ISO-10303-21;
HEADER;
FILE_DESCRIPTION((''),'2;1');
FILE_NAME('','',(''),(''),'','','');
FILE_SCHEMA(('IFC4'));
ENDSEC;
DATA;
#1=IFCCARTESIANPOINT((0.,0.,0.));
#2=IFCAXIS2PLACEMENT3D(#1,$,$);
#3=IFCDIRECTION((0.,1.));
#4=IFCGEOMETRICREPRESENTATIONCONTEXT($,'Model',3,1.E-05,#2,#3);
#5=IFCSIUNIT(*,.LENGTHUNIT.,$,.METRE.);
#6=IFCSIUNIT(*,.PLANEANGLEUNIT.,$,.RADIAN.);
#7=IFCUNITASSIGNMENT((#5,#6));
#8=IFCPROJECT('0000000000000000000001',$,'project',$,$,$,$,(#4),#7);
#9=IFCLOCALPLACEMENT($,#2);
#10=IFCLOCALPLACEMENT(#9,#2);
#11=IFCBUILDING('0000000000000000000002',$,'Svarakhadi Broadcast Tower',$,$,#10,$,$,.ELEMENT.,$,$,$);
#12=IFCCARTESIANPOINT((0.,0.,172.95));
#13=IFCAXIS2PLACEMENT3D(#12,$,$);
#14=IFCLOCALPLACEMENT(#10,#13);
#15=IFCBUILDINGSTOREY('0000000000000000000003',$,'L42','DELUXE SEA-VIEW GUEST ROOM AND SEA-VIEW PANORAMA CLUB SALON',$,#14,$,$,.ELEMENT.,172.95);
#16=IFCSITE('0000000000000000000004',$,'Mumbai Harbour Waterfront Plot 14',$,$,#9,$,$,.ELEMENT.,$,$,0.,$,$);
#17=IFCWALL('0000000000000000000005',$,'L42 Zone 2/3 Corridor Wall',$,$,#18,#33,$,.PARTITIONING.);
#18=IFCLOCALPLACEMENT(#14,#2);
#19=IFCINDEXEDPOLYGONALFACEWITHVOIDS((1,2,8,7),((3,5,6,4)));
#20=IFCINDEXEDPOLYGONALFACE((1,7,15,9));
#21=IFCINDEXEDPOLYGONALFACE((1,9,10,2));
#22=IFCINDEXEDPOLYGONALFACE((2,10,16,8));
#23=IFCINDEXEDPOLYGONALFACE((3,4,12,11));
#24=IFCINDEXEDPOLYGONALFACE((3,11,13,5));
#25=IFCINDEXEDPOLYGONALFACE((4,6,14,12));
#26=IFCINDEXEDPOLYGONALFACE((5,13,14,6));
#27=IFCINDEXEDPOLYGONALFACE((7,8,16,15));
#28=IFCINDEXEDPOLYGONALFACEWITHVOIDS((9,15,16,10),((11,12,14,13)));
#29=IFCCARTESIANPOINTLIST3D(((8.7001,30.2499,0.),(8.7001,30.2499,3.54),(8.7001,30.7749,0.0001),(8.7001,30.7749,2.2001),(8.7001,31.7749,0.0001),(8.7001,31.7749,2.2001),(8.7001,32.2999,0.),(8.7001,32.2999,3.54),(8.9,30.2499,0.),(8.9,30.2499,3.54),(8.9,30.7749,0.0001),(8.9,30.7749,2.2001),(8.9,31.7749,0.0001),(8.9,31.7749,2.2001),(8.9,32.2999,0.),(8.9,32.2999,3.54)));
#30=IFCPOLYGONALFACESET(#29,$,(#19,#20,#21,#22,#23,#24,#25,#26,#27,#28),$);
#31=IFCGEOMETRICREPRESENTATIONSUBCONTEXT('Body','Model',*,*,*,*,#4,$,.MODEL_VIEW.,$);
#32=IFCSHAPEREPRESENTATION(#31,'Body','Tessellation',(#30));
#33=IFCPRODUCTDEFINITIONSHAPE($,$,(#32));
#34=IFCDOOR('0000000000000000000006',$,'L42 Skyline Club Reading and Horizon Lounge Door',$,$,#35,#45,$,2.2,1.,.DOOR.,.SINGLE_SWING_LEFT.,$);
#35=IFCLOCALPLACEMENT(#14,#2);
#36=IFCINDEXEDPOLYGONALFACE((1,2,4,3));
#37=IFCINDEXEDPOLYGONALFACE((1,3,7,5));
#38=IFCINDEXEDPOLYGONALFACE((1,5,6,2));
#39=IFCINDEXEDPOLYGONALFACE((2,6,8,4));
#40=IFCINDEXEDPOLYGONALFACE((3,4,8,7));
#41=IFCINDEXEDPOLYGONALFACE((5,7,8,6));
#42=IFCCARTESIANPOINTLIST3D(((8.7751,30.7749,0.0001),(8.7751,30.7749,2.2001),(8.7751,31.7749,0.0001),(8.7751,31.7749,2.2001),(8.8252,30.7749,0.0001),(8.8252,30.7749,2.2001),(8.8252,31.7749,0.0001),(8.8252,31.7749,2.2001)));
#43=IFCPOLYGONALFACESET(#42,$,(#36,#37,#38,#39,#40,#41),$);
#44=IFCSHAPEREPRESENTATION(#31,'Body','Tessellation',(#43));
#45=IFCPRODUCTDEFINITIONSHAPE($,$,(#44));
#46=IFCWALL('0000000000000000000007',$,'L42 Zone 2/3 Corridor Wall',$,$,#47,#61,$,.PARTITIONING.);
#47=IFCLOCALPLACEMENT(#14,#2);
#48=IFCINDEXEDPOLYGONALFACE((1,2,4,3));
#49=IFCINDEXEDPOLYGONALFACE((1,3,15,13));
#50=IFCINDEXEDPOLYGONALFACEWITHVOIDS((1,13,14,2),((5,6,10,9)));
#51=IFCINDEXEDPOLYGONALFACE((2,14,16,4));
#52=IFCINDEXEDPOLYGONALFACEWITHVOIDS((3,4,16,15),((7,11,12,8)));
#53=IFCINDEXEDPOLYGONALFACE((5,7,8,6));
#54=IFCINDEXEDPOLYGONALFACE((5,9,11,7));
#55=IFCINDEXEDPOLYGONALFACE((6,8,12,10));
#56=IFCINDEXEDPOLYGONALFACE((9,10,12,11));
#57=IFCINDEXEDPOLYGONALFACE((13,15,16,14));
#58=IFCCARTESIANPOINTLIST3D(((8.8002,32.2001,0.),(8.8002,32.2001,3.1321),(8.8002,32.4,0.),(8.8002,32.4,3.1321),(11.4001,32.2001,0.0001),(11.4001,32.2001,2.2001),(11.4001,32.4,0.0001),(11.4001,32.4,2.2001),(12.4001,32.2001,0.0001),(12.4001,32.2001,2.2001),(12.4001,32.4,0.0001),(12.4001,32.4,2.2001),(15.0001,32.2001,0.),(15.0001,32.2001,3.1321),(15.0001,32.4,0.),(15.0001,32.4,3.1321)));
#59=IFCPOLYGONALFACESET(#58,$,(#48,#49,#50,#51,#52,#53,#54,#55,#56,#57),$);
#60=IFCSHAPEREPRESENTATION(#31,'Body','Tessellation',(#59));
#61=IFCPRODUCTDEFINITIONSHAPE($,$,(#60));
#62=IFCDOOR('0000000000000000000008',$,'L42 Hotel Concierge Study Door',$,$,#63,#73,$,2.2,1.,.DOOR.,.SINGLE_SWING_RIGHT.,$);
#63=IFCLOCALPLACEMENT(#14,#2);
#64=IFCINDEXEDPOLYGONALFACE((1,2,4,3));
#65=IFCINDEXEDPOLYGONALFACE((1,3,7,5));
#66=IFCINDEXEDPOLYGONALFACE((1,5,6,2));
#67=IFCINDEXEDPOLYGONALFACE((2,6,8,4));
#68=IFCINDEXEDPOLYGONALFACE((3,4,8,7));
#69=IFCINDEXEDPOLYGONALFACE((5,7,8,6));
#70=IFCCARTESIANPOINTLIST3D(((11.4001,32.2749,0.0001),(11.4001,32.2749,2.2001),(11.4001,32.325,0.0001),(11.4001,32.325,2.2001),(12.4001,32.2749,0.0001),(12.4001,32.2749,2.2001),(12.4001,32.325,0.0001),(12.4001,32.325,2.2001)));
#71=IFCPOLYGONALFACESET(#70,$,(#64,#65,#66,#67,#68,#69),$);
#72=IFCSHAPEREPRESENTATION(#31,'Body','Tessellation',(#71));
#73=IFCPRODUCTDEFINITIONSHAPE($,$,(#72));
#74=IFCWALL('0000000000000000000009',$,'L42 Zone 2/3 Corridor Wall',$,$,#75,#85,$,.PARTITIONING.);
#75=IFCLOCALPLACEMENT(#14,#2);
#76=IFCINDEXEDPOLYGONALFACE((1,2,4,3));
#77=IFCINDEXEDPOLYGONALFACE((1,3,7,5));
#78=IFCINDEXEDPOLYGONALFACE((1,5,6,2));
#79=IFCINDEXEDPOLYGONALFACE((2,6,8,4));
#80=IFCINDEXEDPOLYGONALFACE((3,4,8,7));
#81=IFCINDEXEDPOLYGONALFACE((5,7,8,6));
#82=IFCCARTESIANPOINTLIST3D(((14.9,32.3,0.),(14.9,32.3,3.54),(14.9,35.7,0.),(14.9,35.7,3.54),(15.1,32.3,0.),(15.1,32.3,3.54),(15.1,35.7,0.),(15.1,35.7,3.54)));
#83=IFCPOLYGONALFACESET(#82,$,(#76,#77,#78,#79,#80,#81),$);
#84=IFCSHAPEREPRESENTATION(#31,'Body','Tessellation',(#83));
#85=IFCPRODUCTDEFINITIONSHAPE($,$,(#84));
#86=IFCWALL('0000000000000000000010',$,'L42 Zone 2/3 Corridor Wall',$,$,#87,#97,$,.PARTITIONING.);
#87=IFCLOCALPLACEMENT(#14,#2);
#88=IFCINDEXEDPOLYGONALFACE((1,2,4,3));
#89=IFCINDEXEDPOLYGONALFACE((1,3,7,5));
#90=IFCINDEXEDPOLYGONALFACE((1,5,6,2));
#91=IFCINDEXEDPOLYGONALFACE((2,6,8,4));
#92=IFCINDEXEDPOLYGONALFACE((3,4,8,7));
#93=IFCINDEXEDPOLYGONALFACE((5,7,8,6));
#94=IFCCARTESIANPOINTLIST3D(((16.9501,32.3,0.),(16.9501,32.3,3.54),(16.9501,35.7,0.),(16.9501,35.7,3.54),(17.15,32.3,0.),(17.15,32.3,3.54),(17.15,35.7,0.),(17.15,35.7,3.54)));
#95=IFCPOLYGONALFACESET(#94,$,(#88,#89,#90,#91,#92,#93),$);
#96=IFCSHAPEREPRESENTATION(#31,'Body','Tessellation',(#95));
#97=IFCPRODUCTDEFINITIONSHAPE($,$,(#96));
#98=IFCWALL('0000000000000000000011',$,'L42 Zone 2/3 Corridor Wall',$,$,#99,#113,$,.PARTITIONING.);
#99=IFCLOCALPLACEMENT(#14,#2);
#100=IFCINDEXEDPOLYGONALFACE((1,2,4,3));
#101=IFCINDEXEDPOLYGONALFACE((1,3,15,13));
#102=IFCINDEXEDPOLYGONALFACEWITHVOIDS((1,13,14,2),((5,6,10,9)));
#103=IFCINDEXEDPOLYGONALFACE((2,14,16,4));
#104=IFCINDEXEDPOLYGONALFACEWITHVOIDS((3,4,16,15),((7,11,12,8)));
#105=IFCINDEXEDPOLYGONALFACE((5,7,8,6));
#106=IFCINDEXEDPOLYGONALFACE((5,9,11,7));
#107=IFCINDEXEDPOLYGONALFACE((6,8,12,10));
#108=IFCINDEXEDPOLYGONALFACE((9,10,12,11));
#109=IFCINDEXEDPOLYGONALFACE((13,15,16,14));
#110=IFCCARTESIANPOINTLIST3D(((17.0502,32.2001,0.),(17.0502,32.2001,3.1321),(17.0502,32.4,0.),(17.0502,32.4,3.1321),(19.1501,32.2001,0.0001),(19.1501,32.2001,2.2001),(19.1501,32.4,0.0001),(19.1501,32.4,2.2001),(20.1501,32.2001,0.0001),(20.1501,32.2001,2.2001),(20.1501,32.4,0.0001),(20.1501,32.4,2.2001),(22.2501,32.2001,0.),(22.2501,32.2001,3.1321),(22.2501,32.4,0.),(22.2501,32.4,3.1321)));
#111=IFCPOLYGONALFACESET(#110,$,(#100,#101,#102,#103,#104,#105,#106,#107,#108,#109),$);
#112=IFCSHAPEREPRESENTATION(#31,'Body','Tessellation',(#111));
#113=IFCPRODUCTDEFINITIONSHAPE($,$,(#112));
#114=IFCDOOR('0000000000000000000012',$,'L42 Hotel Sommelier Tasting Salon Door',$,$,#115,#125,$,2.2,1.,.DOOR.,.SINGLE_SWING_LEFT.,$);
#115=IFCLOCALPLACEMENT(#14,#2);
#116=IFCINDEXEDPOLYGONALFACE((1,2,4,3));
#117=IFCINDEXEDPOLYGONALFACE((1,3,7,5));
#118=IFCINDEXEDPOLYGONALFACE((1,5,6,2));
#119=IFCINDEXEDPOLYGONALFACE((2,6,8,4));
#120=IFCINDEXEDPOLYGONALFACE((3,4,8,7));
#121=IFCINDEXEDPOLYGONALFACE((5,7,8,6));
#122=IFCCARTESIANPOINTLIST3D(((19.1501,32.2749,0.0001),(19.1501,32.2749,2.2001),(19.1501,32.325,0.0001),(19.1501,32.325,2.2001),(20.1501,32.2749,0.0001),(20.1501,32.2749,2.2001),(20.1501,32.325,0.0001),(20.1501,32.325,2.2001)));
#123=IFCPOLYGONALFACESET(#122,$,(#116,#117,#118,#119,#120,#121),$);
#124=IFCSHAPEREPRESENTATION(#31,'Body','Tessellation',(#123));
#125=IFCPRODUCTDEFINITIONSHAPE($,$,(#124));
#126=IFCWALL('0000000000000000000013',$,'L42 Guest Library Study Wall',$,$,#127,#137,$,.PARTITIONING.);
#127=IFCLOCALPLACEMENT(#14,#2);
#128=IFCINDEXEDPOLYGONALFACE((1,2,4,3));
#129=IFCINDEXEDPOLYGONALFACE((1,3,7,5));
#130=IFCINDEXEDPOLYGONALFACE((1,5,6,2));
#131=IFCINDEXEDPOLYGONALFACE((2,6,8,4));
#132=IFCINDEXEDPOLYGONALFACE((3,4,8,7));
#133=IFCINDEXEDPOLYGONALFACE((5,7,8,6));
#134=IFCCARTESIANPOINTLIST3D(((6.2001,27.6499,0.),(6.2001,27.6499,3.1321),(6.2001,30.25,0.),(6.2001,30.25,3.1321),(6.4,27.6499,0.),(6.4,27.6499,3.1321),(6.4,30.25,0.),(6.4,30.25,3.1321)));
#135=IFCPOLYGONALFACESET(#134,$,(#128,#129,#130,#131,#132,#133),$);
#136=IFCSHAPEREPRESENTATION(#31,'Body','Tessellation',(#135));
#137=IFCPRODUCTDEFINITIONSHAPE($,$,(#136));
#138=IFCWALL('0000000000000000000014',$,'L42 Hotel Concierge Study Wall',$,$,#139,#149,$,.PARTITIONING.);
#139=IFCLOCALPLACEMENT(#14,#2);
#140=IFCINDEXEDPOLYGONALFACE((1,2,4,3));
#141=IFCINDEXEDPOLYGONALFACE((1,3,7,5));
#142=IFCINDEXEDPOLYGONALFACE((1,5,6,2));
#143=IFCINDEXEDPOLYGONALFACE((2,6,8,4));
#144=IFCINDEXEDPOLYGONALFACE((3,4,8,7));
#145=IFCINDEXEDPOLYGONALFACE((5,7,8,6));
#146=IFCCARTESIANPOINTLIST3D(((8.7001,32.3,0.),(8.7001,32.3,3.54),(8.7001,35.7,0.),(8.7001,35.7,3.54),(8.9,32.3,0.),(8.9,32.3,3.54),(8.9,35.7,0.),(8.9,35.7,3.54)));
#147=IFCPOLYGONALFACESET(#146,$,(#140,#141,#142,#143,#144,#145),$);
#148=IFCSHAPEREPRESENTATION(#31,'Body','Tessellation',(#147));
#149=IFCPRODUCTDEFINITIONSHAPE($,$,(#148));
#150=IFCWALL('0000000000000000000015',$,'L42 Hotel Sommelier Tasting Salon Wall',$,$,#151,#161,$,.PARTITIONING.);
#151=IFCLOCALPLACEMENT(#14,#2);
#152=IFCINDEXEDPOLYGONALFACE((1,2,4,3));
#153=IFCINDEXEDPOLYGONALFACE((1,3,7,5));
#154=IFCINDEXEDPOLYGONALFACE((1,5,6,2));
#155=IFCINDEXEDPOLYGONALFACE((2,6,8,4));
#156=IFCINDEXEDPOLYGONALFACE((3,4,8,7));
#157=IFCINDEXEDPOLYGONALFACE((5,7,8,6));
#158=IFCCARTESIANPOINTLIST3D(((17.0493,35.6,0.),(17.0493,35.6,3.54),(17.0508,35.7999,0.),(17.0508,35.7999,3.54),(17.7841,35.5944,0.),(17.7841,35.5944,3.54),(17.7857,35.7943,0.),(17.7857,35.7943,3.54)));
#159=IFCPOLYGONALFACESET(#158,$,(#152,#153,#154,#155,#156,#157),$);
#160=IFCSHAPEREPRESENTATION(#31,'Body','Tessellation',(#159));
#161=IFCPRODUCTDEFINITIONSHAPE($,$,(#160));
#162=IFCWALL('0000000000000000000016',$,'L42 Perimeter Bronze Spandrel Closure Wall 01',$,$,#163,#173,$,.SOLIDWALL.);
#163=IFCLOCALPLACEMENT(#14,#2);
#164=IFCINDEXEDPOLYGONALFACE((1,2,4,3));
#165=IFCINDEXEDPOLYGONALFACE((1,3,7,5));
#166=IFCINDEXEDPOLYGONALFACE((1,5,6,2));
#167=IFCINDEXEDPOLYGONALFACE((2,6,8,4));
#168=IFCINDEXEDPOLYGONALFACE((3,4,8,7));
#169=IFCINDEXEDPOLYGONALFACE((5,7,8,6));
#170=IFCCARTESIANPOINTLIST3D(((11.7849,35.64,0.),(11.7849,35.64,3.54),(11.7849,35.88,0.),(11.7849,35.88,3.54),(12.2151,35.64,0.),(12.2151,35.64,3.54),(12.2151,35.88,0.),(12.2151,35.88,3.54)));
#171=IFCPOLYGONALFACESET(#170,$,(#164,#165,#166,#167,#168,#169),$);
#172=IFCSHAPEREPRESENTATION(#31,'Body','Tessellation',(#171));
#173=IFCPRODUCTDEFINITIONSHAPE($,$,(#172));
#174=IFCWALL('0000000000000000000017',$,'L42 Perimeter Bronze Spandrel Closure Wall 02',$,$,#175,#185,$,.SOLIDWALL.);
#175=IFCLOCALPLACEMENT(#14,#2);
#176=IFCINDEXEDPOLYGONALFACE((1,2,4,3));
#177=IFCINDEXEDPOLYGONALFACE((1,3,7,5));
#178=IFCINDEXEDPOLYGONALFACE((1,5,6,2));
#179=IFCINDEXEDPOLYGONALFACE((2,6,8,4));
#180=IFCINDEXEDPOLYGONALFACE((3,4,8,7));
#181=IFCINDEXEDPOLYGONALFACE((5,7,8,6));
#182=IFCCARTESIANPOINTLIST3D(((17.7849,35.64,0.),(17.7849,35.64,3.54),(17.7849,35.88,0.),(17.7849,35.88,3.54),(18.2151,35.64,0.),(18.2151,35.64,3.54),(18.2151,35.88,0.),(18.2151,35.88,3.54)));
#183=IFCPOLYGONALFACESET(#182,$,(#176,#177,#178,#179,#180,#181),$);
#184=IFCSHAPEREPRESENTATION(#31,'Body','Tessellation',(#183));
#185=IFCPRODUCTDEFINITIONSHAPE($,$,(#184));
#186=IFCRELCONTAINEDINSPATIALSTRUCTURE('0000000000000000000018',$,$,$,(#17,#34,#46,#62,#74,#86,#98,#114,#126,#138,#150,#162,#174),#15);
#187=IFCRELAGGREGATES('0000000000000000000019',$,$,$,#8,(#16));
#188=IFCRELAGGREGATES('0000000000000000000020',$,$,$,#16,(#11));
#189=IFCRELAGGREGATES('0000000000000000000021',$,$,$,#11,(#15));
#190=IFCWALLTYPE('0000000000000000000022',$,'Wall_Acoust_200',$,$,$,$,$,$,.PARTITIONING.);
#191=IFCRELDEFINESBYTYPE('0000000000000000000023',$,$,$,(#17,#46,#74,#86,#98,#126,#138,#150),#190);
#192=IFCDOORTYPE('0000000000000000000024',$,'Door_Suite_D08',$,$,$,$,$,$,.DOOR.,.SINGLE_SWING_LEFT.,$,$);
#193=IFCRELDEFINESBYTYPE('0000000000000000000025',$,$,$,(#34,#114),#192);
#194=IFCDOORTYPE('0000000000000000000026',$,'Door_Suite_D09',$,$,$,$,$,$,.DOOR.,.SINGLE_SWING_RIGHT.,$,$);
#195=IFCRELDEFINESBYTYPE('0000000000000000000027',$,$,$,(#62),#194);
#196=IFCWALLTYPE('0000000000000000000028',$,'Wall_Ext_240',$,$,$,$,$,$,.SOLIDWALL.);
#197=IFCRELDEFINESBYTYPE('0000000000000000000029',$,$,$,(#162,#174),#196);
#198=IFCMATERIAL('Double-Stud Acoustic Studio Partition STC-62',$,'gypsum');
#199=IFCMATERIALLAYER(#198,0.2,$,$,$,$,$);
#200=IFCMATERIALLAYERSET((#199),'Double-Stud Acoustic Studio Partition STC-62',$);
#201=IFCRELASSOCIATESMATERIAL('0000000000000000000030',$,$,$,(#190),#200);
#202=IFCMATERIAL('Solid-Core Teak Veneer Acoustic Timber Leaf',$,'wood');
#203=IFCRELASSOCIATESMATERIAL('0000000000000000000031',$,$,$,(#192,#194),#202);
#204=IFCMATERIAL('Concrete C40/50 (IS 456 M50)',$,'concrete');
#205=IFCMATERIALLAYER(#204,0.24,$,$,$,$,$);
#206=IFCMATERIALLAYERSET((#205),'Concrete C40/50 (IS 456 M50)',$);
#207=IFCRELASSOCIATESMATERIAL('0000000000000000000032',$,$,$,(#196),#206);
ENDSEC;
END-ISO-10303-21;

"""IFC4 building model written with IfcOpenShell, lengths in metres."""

from ifc_helpers import new_model, si_unit, direction, frame, frame_2d, origin, place, context, subcontext, project, spatial, rectangle, extrude, material, layer, layer_set, type_object, element, fill, save


model = new_model("IFC4")

# Units and contexts
model_context = context("Model", 3, precision=1e-05, world=origin(), true_north=direction((0.0, 1.0)))
body_context = subcontext(model_context, "Body", "Model", "MODEL_VIEW")
ifc_project = project(units=[si_unit("LENGTHUNIT", "METRE"), si_unit("PLANEANGLEUNIT", "RADIAN")], contexts=[model_context])

# Site, building, storey
site_placement = place(None, origin())
site = spatial("IfcSite", under=ifc_project, at=site_placement, Name="Mumbai Harbour Waterfront Plot 14", CompositionType="ELEMENT", RefElevation=0.0)
building_placement = place(site_placement, origin())
building = spatial("IfcBuilding", under=site, at=building_placement, Name="Svarakhadi Broadcast Tower", CompositionType="ELEMENT")
storey_placement = place(building_placement, frame((0.0, 0.0, 172.95)))
storey = spatial("IfcBuildingStorey", under=building, at=storey_placement, Name="L42", Description="DELUXE SEA-VIEW GUEST ROOM AND SEA-VIEW PANORAMA CLUB SALON", CompositionType="ELEMENT", Elevation=172.95)

# Shared definitions
ifc_material_1 = material(Name="Double-Stud Acoustic Studio Partition STC-62", Category="gypsum")
ifc_layer_1 = layer(ifc_material_1, 0.2)
ifc_layer_set_1 = layer_set([ifc_layer_1], Name="Double-Stud Acoustic Studio Partition STC-62")
wall_type_1 = type_object("IfcWallType", Name="Wall_Acoust_200", PredefinedType="PARTITIONING", material=ifc_layer_set_1)

# Walls, openings, doors
ifc_material_2 = material(Name="Solid-Core Teak Veneer Acoustic Timber Leaf", Category="wood")
door_type_1 = type_object("IfcDoorType", Name="Door_Suite_D08", OperationType="SINGLE_SWING_LEFT", PredefinedType="DOOR", material=ifc_material_2)
wall_1_placement = place(storey_placement, frame((8.8, 30.25, 0.0), z_axis=(0.0, 0.0, 1.0), x_axis=(0.0, 1.0, 0.0)))
wall_1 = element("IfcWall", 1, at=wall_1_placement, inside=storey, type_object=wall_type_1, Name="L42 Zone 2/3 Corridor Wall", PredefinedType="PARTITIONING", context=body_context, shape_type="SweptSolid", body=[
    extrude(rectangle(XDim=2.05, YDim=0.2, at=frame_2d((1.0249, 0.0))), origin(), (0.0, 0.0, 1.0), 3.54),
])
opening_1_placement = place(wall_1_placement, frame((0.5249, 0.0, 0.0)))
opening_1 = element("IfcOpeningElement", 2, at=opening_1_placement, cuts=wall_1, PredefinedType="OPENING", context=body_context, shape_type="SweptSolid", body=[
    extrude(rectangle(XDim=1.0, YDim=2.2, at=frame_2d((0.5, 1.1001))), frame((0.0, 0.1099, 0.0), z_axis=(0.0, -1.0, 0.0), x_axis=(1.0, 0.0, 0.0)), (0.0, 0.0, 1.0), 0.22),
])
door_1_placement = place(opening_1_placement, origin())
door_1 = element("IfcDoor", 3, at=door_1_placement, inside=storey, type_object=door_type_1, Name="L42 Skyline Club Reading and Horizon Lounge Door", OperationType="SINGLE_SWING_LEFT", OverallHeight=2.2, OverallWidth=1.0, PredefinedType="DOOR", context=body_context, shape_type="SweptSolid", body=[
    extrude(rectangle(XDim=1.0, YDim=2.2, at=frame_2d((0.5, 1.1001))), frame((0.0, 0.0249, 0.0), z_axis=(0.0, -1.0, 0.0), x_axis=(1.0, 0.0, 0.0)), (0.0, 0.0, 1.0), 0.05),
])
fill(opening_1, door_1)
wall_2_placement = place(storey_placement, frame((8.8, 32.3, 0.0), z_axis=(0.0, 0.0, 1.0), x_axis=(1.0, 0.0, 0.0)))
wall_2 = element("IfcWall", 4, at=wall_2_placement, inside=storey, type_object=wall_type_1, Name="L42 Zone 2/3 Corridor Wall", PredefinedType="PARTITIONING", context=body_context, shape_type="SweptSolid", body=[
    extrude(rectangle(XDim=6.2, YDim=0.2, at=frame_2d((3.1001, 0.0))), origin(), (0.0, 0.0, 1.0), 3.1321),
])
opening_2_placement = place(wall_2_placement, frame((2.6001, 0.0, 0.0)))
opening_2 = element("IfcOpeningElement", 5, at=opening_2_placement, cuts=wall_2, PredefinedType="OPENING", context=body_context, shape_type="SweptSolid", body=[
    extrude(rectangle(XDim=1.0, YDim=2.2, at=frame_2d((0.5, 1.1001))), frame((0.0, 0.1099, 0.0), z_axis=(0.0, -1.0, 0.0), x_axis=(1.0, 0.0, 0.0)), (0.0, 0.0, 1.0), 0.22),
])
door_type_2 = type_object("IfcDoorType", Name="Door_Suite_D09", OperationType="SINGLE_SWING_RIGHT", PredefinedType="DOOR", material=ifc_material_2)
door_2_placement = place(opening_2_placement, origin())
door_2 = element("IfcDoor", 6, at=door_2_placement, inside=storey, type_object=door_type_2, Name="L42 Hotel Concierge Study Door", OperationType="SINGLE_SWING_RIGHT", OverallHeight=2.2, OverallWidth=1.0, PredefinedType="DOOR", context=body_context, shape_type="SweptSolid", body=[
    extrude(rectangle(XDim=1.0, YDim=2.2, at=frame_2d((0.5, 1.1001))), frame((0.0, 0.0249, 0.0), z_axis=(0.0, -1.0, 0.0), x_axis=(1.0, 0.0, 0.0)), (0.0, 0.0, 1.0), 0.05),
])
fill(opening_2, door_2)

# Walls
for number, where, z_axis, x_axis, name in (
    (7, (15.0, 32.3, 0.0), (0.0, 0.0, 1.0), (0.0, 1.0, 0.0), "L42 Zone 2/3 Corridor Wall"),
    (8, (17.05, 35.7, 0.0), (0.0, 0.0, 1.0), (0.0, -1.0, 0.0), "L42 Zone 2/3 Corridor Wall"),
):
    element("IfcWall", number, at=place(storey_placement, frame(where, z_axis=z_axis, x_axis=x_axis)), inside=storey, type_object=wall_type_1, Name=name, PredefinedType="PARTITIONING", context=body_context, shape_type="SweptSolid", body=[
        extrude(rectangle(XDim=3.3999, YDim=0.2, at=frame_2d((1.7, 0.0))), origin(), (0.0, 0.0, 1.0), 3.54),
    ])

# Wall, opening, door
wall_3_placement = place(storey_placement, frame((17.05, 32.3, 0.0), z_axis=(0.0, 0.0, 1.0), x_axis=(1.0, 0.0, 0.0)))
wall_3 = element("IfcWall", 9, at=wall_3_placement, inside=storey, type_object=wall_type_1, Name="L42 Zone 2/3 Corridor Wall", PredefinedType="PARTITIONING", context=body_context, shape_type="SweptSolid", body=[
    extrude(rectangle(XDim=5.2, YDim=0.2, at=frame_2d((2.6001, 0.0))), origin(), (0.0, 0.0, 1.0), 3.1321),
])
opening_3_placement = place(wall_3_placement, frame((2.1001, 0.0, 0.0)))
opening_3 = element("IfcOpeningElement", 10, at=opening_3_placement, cuts=wall_3, PredefinedType="OPENING", context=body_context, shape_type="SweptSolid", body=[
    extrude(rectangle(XDim=1.0, YDim=2.2, at=frame_2d((0.5, 1.1001))), frame((0.0, 0.1099, 0.0), z_axis=(0.0, -1.0, 0.0), x_axis=(1.0, 0.0, 0.0)), (0.0, 0.0, 1.0), 0.22),
])
door_3_placement = place(opening_3_placement, origin())
door_3 = element("IfcDoor", 11, at=door_3_placement, inside=storey, type_object=door_type_1, Name="L42 Hotel Sommelier Tasting Salon Door", OperationType="SINGLE_SWING_LEFT", OverallHeight=2.2, OverallWidth=1.0, PredefinedType="DOOR", context=body_context, shape_type="SweptSolid", body=[
    extrude(rectangle(XDim=1.0, YDim=2.2, at=frame_2d((0.5, 1.1001))), frame((0.0, 0.0249, 0.0), z_axis=(0.0, -1.0, 0.0), x_axis=(1.0, 0.0, 0.0)), (0.0, 0.0, 1.0), 0.05),
])
fill(opening_3, door_3)

# Walls
wall_4_placement = place(storey_placement, frame((6.3, 27.6499, 0.0), z_axis=(0.0, 0.0, 1.0), x_axis=(0.0, 1.0, 0.0)))
element("IfcWall", 12, at=wall_4_placement, inside=storey, type_object=wall_type_1, Name="L42 Guest Library Study Wall", PredefinedType="PARTITIONING", context=body_context, shape_type="SweptSolid", body=[
    extrude(rectangle(XDim=2.6001, YDim=0.2, at=frame_2d((1.3, 0.0))), origin(), (0.0, 0.0, 1.0), 3.1321),
])
wall_5_placement = place(storey_placement, frame((8.8, 32.3, 0.0), z_axis=(0.0, 0.0, 1.0), x_axis=(0.0, 1.0, 0.0)))
element("IfcWall", 13, at=wall_5_placement, inside=storey, type_object=wall_type_1, Name="L42 Hotel Concierge Study Wall", PredefinedType="PARTITIONING", context=body_context, shape_type="SweptSolid", body=[
    extrude(rectangle(XDim=3.3999, YDim=0.2, at=frame_2d((1.7, 0.0))), origin(), (0.0, 0.0, 1.0), 3.54),
])
wall_6_placement = place(storey_placement, frame((17.05, 35.7, 0.0), z_axis=(0.0, 0.0, 1.0), x_axis=(0.999971, -0.007641, 0.0)))
element("IfcWall", 14, at=wall_6_placement, inside=storey, type_object=wall_type_1, Name="L42 Hotel Sommelier Tasting Salon Wall", PredefinedType="PARTITIONING", context=body_context, shape_type="SweptSolid", body=[
    extrude(rectangle(XDim=0.7349, YDim=0.2, at=frame_2d((0.3674, 0.0))), origin(), (0.0, 0.0, 1.0), 3.54),
])
ifc_material_3 = material(Name="Concrete C40/50 (IS 456 M50)", Category="concrete")
ifc_layer_2 = layer(ifc_material_3, 0.24)
ifc_layer_set_2 = layer_set([ifc_layer_2], Name="Concrete C40/50 (IS 456 M50)")
wall_type_2 = type_object("IfcWallType", Name="Wall_Ext_240", PredefinedType="SOLIDWALL", material=ifc_layer_set_2)
for number, where, z_axis, x_axis, name in (
    (15, (11.7849, 35.76, 0.0), (0.0, 0.0, 1.0), (1.0, 0.0, 0.0), "L42 Perimeter Bronze Spandrel Closure Wall 01"),
    (16, (17.7849, 35.76, 0.0), (0.0, 0.0, 1.0), (1.0, 0.0, 0.0), "L42 Perimeter Bronze Spandrel Closure Wall 02"),
):
    element("IfcWall", number, at=place(storey_placement, frame(where, z_axis=z_axis, x_axis=x_axis)), inside=storey, type_object=wall_type_2, Name=name, PredefinedType="SOLIDWALL", context=body_context, shape_type="SweptSolid", body=[
        extrude(rectangle(XDim=0.4302, YDim=0.24, at=frame_2d((0.2151, 0.0))), origin(), (0.0, 0.0, 1.0), 3.54),
    ])

save(model, "model.ifc")
